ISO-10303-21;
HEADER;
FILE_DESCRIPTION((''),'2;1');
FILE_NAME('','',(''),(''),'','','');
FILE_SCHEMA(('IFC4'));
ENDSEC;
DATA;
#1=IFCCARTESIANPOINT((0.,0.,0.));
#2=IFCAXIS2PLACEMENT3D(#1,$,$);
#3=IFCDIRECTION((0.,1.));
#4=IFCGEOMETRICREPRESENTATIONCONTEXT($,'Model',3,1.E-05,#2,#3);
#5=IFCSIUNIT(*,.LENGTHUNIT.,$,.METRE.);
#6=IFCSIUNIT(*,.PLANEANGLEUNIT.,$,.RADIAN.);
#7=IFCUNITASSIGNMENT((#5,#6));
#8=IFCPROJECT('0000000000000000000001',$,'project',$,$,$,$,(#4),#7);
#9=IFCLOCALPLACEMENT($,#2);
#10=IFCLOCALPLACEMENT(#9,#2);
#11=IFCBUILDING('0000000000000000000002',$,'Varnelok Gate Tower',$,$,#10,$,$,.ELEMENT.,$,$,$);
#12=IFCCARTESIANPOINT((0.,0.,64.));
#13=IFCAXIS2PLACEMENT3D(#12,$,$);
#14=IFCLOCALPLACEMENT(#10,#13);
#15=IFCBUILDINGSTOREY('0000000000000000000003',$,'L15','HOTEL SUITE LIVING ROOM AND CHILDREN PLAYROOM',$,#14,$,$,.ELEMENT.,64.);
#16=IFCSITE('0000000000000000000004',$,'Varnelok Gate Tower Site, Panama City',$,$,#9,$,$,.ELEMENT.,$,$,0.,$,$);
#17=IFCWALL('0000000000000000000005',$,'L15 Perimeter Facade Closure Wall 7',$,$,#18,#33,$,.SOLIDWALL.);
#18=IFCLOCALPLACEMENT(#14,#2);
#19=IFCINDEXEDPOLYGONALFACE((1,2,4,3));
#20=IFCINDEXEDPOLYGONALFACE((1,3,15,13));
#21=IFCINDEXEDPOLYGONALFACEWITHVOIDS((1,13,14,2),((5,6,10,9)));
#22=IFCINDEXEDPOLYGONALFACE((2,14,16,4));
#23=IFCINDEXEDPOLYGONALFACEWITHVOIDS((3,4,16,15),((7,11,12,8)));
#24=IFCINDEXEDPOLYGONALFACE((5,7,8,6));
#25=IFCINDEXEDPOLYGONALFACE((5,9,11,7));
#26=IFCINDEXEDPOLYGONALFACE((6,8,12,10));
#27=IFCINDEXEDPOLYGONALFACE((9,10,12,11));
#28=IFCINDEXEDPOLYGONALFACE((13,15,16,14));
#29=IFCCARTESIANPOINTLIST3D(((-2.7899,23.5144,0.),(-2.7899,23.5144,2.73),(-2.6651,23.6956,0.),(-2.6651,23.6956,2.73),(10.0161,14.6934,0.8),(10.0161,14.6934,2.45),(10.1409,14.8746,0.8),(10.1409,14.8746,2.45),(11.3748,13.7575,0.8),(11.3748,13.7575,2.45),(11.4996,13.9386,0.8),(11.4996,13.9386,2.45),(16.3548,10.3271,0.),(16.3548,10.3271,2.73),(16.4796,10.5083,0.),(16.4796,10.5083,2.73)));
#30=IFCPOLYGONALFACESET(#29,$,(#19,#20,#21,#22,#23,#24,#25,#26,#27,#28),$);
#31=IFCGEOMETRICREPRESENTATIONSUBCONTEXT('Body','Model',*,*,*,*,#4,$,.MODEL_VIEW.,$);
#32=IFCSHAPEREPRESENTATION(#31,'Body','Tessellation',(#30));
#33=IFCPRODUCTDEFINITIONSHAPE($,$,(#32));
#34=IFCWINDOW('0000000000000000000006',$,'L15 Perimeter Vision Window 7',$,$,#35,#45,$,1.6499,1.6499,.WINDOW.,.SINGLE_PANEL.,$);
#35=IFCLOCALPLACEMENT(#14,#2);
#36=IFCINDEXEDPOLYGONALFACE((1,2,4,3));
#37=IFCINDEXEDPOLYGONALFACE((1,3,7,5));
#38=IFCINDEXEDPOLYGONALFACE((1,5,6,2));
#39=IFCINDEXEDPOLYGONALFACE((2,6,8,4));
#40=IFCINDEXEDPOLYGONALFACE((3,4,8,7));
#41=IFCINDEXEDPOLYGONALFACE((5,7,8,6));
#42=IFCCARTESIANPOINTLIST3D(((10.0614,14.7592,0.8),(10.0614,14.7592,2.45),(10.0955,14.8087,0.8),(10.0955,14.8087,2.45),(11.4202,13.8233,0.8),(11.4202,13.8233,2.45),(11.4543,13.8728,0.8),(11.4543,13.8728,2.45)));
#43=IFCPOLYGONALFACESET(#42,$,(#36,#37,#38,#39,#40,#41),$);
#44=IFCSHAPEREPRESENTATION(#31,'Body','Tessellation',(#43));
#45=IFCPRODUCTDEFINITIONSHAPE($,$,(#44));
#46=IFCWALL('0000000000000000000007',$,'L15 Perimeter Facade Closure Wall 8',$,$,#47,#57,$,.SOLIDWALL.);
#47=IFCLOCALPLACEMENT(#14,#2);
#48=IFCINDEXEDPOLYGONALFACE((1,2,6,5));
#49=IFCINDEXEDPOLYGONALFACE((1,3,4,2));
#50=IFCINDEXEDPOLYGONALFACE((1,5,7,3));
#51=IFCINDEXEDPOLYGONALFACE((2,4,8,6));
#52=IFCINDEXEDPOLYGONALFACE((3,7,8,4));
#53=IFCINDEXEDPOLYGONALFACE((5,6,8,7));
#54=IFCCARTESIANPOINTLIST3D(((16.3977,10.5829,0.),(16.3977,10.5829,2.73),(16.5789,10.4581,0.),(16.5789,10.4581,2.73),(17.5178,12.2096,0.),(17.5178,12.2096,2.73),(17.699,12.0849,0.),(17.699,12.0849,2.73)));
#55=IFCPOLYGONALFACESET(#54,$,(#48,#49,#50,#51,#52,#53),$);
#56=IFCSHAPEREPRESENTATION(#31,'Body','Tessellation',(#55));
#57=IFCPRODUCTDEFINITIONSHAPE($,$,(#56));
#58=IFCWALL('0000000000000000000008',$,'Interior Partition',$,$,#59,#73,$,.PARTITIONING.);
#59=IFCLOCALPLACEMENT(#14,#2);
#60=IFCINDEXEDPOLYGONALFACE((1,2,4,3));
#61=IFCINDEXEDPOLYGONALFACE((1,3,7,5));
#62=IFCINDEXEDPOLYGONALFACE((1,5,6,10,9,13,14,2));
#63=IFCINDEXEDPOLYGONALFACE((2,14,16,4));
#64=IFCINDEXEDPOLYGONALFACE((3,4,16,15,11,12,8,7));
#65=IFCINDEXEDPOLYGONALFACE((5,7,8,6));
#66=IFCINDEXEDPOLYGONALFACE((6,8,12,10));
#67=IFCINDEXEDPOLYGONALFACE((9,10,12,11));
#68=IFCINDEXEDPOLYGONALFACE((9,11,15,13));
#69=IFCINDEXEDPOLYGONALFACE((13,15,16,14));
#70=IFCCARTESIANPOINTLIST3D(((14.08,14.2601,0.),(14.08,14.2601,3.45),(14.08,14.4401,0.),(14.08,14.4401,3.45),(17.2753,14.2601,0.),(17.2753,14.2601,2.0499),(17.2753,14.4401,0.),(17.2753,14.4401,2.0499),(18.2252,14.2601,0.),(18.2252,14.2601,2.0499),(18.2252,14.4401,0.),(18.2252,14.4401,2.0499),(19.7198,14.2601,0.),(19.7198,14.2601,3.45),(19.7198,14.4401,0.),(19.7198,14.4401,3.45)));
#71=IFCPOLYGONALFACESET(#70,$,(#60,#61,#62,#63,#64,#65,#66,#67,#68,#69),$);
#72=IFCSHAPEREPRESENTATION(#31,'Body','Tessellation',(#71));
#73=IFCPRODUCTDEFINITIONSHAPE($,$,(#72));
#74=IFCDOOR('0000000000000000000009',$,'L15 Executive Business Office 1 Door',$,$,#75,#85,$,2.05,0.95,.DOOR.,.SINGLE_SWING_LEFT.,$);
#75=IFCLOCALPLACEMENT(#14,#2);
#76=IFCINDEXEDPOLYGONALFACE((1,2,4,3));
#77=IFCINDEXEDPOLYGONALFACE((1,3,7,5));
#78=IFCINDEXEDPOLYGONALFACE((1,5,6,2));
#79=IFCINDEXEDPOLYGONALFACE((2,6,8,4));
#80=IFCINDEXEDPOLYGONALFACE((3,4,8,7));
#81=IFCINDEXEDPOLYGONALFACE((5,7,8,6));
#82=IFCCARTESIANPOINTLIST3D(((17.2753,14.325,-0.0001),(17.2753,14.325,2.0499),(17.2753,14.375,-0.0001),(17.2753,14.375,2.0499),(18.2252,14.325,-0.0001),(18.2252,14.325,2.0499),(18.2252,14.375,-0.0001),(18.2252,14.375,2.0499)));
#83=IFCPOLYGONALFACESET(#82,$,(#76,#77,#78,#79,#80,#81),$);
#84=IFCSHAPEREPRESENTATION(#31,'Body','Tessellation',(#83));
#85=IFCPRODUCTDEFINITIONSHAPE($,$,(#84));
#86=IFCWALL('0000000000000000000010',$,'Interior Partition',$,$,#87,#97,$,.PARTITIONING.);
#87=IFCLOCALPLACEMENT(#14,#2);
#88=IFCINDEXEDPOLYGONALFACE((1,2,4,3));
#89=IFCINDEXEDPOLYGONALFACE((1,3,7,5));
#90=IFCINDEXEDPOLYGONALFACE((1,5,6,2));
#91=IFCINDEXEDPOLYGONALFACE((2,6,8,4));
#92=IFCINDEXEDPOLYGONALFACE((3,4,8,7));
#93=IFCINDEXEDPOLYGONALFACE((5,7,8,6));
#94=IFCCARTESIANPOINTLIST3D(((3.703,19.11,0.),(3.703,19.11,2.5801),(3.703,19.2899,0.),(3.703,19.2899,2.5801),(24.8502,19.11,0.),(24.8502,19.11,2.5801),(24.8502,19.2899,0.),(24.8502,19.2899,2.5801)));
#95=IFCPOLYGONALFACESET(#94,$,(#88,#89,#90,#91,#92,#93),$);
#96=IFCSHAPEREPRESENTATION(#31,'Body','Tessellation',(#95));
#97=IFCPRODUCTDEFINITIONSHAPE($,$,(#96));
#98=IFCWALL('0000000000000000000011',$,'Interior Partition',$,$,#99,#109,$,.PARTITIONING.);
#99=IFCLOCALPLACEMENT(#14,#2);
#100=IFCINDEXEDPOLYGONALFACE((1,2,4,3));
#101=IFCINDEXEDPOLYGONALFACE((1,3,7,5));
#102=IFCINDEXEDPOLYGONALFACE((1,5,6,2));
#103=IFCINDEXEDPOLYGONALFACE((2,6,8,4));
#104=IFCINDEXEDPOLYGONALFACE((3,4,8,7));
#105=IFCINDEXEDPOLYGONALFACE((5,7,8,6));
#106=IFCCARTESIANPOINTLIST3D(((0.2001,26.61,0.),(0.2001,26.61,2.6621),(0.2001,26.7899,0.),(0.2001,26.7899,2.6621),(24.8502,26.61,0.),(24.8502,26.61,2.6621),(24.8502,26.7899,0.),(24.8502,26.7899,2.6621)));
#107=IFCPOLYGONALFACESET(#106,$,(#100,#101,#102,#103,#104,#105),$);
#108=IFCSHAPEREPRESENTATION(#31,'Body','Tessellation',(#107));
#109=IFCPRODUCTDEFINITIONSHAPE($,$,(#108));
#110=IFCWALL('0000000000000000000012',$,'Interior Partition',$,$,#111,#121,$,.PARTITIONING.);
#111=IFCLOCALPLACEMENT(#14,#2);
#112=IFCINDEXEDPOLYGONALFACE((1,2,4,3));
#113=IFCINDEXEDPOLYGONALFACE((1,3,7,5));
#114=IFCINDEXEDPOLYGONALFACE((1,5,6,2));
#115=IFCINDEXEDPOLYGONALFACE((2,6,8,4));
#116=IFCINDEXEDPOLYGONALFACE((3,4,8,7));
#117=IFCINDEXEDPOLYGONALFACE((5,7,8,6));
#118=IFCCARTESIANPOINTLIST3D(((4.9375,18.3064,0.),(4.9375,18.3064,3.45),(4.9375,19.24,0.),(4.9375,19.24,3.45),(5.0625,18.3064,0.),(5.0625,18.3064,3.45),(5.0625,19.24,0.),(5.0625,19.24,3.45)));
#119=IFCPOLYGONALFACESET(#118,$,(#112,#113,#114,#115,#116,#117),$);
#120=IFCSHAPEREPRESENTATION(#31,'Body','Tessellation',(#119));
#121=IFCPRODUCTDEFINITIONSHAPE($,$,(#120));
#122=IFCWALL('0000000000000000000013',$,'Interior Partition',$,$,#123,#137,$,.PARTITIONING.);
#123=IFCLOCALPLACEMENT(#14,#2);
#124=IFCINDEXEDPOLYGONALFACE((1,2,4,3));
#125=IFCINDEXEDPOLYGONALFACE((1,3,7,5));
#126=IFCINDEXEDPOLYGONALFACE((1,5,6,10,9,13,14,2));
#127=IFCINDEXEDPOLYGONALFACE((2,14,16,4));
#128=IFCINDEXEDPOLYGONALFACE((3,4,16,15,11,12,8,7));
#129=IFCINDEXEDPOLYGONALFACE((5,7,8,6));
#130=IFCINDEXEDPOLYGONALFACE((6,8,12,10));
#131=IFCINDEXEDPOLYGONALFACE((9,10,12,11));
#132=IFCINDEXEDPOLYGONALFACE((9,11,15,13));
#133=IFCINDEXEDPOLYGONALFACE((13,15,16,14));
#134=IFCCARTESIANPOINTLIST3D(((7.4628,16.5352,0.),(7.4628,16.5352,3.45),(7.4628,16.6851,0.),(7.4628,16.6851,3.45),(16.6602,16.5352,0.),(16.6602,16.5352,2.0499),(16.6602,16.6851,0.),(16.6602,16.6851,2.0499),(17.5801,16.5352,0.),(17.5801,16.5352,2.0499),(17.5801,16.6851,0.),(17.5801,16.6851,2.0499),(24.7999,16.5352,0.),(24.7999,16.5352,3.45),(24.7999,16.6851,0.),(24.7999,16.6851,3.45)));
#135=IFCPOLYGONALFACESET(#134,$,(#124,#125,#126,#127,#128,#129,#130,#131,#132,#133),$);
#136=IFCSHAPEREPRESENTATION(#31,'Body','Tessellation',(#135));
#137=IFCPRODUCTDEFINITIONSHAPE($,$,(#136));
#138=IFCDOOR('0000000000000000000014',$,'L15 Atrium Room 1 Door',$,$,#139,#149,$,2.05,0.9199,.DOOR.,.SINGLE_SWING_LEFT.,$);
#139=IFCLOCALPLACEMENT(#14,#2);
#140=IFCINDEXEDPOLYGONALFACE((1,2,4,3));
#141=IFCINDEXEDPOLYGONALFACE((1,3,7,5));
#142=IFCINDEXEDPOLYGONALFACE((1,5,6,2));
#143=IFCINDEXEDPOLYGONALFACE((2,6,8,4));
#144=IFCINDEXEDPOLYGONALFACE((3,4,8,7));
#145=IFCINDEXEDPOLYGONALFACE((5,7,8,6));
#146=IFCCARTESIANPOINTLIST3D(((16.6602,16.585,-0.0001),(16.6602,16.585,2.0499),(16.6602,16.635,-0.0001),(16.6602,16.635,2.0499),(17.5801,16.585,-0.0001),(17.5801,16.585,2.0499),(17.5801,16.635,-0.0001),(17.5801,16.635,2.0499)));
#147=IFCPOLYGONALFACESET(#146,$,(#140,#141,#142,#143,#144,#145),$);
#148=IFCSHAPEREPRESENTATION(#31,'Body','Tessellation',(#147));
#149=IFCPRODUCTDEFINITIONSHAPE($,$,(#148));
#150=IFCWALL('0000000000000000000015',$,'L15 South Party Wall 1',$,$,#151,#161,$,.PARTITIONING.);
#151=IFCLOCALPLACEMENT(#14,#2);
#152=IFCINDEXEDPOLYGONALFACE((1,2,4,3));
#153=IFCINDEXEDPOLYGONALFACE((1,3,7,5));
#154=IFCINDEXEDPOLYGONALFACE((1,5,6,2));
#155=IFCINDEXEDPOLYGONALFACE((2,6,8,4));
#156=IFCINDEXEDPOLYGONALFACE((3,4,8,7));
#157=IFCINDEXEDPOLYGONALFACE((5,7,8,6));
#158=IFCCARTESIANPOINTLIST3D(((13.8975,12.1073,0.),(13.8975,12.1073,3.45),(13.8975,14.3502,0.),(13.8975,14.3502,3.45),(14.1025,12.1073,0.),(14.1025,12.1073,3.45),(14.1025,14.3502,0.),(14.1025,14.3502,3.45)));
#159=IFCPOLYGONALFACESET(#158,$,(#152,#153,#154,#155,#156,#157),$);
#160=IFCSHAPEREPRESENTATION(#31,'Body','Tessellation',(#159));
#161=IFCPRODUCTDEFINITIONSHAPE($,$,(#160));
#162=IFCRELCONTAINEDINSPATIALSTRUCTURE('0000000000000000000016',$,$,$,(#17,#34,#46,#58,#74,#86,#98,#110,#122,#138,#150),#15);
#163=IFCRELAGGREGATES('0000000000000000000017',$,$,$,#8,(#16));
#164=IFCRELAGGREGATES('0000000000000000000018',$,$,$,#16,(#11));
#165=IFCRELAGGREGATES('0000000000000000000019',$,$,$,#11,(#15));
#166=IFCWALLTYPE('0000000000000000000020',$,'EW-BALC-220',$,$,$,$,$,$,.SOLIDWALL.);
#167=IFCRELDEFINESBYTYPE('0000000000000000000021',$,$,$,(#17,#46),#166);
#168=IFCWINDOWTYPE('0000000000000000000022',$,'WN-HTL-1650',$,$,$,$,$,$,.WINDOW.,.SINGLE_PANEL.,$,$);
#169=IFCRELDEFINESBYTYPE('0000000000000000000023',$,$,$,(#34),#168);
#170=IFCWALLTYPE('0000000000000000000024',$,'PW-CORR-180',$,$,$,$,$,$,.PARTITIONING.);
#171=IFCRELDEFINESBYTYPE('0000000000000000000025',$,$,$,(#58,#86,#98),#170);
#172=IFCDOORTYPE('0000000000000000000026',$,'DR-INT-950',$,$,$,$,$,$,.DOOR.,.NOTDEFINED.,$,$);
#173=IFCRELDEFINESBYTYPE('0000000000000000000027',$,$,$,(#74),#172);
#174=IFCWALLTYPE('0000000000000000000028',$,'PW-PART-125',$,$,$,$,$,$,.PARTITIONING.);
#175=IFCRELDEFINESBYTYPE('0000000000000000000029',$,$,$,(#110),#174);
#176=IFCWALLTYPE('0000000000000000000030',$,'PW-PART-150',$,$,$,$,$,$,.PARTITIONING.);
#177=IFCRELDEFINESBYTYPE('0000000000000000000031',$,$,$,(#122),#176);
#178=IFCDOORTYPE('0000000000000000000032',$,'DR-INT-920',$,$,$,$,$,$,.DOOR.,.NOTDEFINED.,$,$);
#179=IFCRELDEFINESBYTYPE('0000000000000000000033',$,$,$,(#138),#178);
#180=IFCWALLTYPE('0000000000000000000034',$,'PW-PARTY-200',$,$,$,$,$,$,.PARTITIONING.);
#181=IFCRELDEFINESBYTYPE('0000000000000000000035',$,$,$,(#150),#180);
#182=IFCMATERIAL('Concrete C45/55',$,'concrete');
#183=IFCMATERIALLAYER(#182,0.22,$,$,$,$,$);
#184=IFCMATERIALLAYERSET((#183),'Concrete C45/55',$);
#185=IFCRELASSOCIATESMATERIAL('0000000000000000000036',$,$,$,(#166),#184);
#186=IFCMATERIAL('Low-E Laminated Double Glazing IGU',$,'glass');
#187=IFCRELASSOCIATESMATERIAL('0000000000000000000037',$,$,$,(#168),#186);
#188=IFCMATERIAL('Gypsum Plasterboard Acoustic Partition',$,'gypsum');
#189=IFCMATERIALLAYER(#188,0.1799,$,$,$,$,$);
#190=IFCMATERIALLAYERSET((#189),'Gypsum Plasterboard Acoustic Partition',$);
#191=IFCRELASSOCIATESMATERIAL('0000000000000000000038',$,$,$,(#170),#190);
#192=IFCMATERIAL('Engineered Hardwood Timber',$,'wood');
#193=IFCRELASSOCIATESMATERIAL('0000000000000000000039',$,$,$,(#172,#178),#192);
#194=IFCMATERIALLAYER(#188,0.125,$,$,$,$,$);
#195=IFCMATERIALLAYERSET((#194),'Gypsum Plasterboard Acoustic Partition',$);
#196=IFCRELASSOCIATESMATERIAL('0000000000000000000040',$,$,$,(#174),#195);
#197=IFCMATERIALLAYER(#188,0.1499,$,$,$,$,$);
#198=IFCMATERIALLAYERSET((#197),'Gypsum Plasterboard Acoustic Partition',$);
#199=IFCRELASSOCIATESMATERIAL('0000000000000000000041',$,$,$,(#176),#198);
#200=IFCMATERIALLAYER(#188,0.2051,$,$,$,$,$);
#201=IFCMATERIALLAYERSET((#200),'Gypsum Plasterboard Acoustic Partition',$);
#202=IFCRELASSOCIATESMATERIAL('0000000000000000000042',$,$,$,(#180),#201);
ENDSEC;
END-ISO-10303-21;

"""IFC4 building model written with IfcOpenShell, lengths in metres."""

from ifc_helpers import new_model, si_unit, direction, frame, frame_2d, origin, place, context, subcontext, project, spatial, rectangle, extrude, material, layer, layer_set, type_object, element, fill, save


model = new_model("IFC4")

# Units and contexts
model_context = context("Model", 3, precision=1e-05, world=origin(), true_north=direction((0.0, 1.0)))
body_context = subcontext(model_context, "Body", "Model", "MODEL_VIEW")
ifc_project = project(units=[si_unit("LENGTHUNIT", "METRE"), si_unit("PLANEANGLEUNIT", "RADIAN")], contexts=[model_context])

# Site, building, storey
site_placement = place(None, origin())
site = spatial("IfcSite", under=ifc_project, at=site_placement, Name="Varnelok Gate Tower Site, Panama City", CompositionType="ELEMENT", RefElevation=0.0)
building_placement = place(site_placement, origin())
building = spatial("IfcBuilding", under=site, at=building_placement, Name="Varnelok Gate Tower", CompositionType="ELEMENT")
storey_placement = place(building_placement, frame((0.0, 0.0, 64.0)))
storey = spatial("IfcBuildingStorey", under=building, at=storey_placement, Name="L15", Description="HOTEL SUITE LIVING ROOM AND CHILDREN PLAYROOM", CompositionType="ELEMENT", Elevation=64.0)

# Shared definitions
ifc_material_1 = material(Name="Concrete C45/55", Category="concrete")

# Shared definitions
ifc_layer_1 = layer(ifc_material_1, 0.22)
ifc_layer_set_1 = layer_set([ifc_layer_1], Name="Concrete C45/55")
wall_type_1 = type_object("IfcWallType", Name="EW-BALC-220", PredefinedType="SOLIDWALL", material=ifc_layer_set_1)

# Wall, opening, window
wall_1_placement = place(storey_placement, frame((-2.7275, 23.605, 0.0), z_axis=(0.0, 0.0, 1.0), x_axis=(0.823535, -0.567265, 0.0)))
wall_1 = element("IfcWall", 1, at=wall_1_placement, inside=storey, type_object=wall_type_1, Name="L15 Perimeter Facade Closure Wall 7", PredefinedType="SOLIDWALL", context=body_context, shape_type="SweptSolid", body=[
    extrude(rectangle(XDim=23.2471, YDim=0.22, at=frame_2d((11.6235, 0.0))), origin(), (0.0, 0.0, 1.0), 2.73),
])
opening_1_placement = place(wall_1_placement, frame((15.55, 0.0, 0.8)))
opening_1 = element("IfcOpeningElement", 2, at=opening_1_placement, cuts=wall_1, PredefinedType="OPENING", context=body_context, shape_type="SweptSolid", body=[
    extrude(rectangle(XDim=1.6499, YDim=1.6499, at=frame_2d((0.825, 0.825))), frame((0.0, 0.1199, 0.0), z_axis=(0.0, -1.0, 0.0), x_axis=(1.0, 0.0, 0.0)), (0.0, 0.0, 1.0), 0.24),
])
ifc_material_2 = material(Name="Low-E Laminated Double Glazing IGU", Category="glass")
window_type = type_object("IfcWindowType", Name="WN-HTL-1650", PartitioningType="SINGLE_PANEL", PredefinedType="WINDOW", material=ifc_material_2)
window_placement = place(opening_1_placement, origin())
window = element("IfcWindow", 3, at=window_placement, inside=storey, type_object=window_type, Name="L15 Perimeter Vision Window 7", OverallHeight=1.6499, OverallWidth=1.6499, PartitioningType="SINGLE_PANEL", PredefinedType="WINDOW", context=body_context, shape_type="SweptSolid", body=[
    extrude(rectangle(XDim=1.6499, YDim=1.6499, at=frame_2d((0.825, 0.825))), frame((0.0, 0.03, 0.0), z_axis=(0.0, -1.0, 0.0), x_axis=(1.0, 0.0, 0.0)), (0.0, 0.0, 1.0), 0.0601),
])
fill(opening_1, window)

# Wall
wall_2_placement = place(storey_placement, frame((16.4883, 10.5205, 0.0), z_axis=(0.0, 0.0, 1.0), x_axis=(0.567132, 0.823627, 0.0)))
element("IfcWall", 4, at=wall_2_placement, inside=storey, type_object=wall_type_1, Name="L15 Perimeter Facade Closure Wall 8", PredefinedType="SOLIDWALL", context=body_context, shape_type="SweptSolid", body=[
    extrude(rectangle(XDim=1.9751, YDim=0.22, at=frame_2d((0.9875, 0.0))), origin(), (0.0, 0.0, 1.0), 2.73),
])

# Wall, opening, door
ifc_material_3 = material(Name="Gypsum Plasterboard Acoustic Partition", Category="gypsum")
ifc_layer_2 = layer(ifc_material_3, 0.1799)
ifc_layer_set_2 = layer_set([ifc_layer_2], Name="Gypsum Plasterboard Acoustic Partition")
wall_type_2 = type_object("IfcWallType", Name="PW-CORR-180", PredefinedType="PARTITIONING", material=ifc_layer_set_2)
wall_3_placement = place(storey_placement, frame((14.0801, 14.3501, 0.0), z_axis=(0.0, 0.0, 1.0), x_axis=(1.0, 0.0, 0.0)))
wall_3 = element("IfcWall", 5, at=wall_3_placement, inside=storey, type_object=wall_type_2, Name="Interior Partition", PredefinedType="PARTITIONING", context=body_context, shape_type="SweptSolid", body=[
    extrude(rectangle(XDim=5.6399, YDim=0.1799, at=frame_2d((2.8198, 0.0))), origin(), (0.0, 0.0, 1.0), 3.45),
])
opening_2_placement = place(wall_3_placement, frame((3.1951, 0.0, 0.0)))
opening_2 = element("IfcOpeningElement", 6, at=opening_2_placement, cuts=wall_3, PredefinedType="OPENING", context=body_context, shape_type="SweptSolid", body=[
    extrude(rectangle(XDim=0.95, YDim=2.05, at=frame_2d((0.4751, 1.0249))), frame((0.0, 0.0999, 0.0), z_axis=(0.0, -1.0, 0.0), x_axis=(1.0, 0.0, 0.0)), (0.0, 0.0, 1.0), 0.2),
])
ifc_material_4 = material(Name="Engineered Hardwood Timber", Category="wood")
door_type_1 = type_object("IfcDoorType", Name="DR-INT-950", OperationType="NOTDEFINED", PredefinedType="DOOR", material=ifc_material_4)
door_1_placement = place(opening_2_placement, origin())
door_1 = element("IfcDoor", 7, at=door_1_placement, inside=storey, type_object=door_type_1, Name="L15 Executive Business Office 1 Door", OperationType="SINGLE_SWING_LEFT", OverallHeight=2.05, OverallWidth=0.95, PredefinedType="DOOR", context=body_context, shape_type="SweptSolid", body=[
    extrude(rectangle(XDim=0.95, YDim=2.05, at=frame_2d((0.4751, 1.0249))), frame((0.0, 0.0249, 0.0), z_axis=(0.0, -1.0, 0.0), x_axis=(1.0, 0.0, 0.0)), (0.0, 0.0, 1.0), 0.05),
])
fill(opening_2, door_1)

# Walls
wall_4_placement = place(storey_placement, frame((3.7029, 19.2, 0.0), z_axis=(0.0, 0.0, 1.0), x_axis=(1.0, 0.0, 0.0)))
element("IfcWall", 8, at=wall_4_placement, inside=storey, type_object=wall_type_2, Name="Interior Partition", PredefinedType="PARTITIONING", context=body_context, shape_type="SweptSolid", body=[
    extrude(rectangle(XDim=21.1472, YDim=0.1799, at=frame_2d((10.5737, 0.0))), origin(), (0.0, 0.0, 1.0), 2.5801),
])
wall_5_placement = place(storey_placement, frame((0.2, 26.7, 0.0), z_axis=(0.0, 0.0, 1.0), x_axis=(1.0, 0.0, 0.0)))
element("IfcWall", 9, at=wall_5_placement, inside=storey, type_object=wall_type_2, Name="Interior Partition", PredefinedType="PARTITIONING", context=body_context, shape_type="SweptSolid", body=[
    extrude(rectangle(XDim=24.6501, YDim=0.1799, at=frame_2d((12.3252, 0.0))), origin(), (0.0, 0.0, 1.0), 2.6621),
])
ifc_layer_3 = layer(ifc_material_3, 0.125)
ifc_layer_set_3 = layer_set([ifc_layer_3], Name="Gypsum Plasterboard Acoustic Partition")
wall_type_3 = type_object("IfcWallType", Name="PW-PART-125", PredefinedType="PARTITIONING", material=ifc_layer_set_3)
wall_6_placement = place(storey_placement, frame((5.0, 18.3064, 0.0), z_axis=(0.0, 0.0, 1.0), x_axis=(0.0, 1.0, 0.0)))
element("IfcWall", 10, at=wall_6_placement, inside=storey, type_object=wall_type_3, Name="Interior Partition", PredefinedType="PARTITIONING", context=body_context, shape_type="SweptSolid", body=[
    extrude(rectangle(XDim=0.9336, YDim=0.125, at=frame_2d((0.4668, 0.0))), origin(), (0.0, 0.0, 1.0), 3.45),
])

# Wall, opening, door
ifc_layer_4 = layer(ifc_material_3, 0.1499)
ifc_layer_set_4 = layer_set([ifc_layer_4], Name="Gypsum Plasterboard Acoustic Partition")
wall_type_4 = type_object("IfcWallType", Name="PW-PART-150", PredefinedType="PARTITIONING", material=ifc_layer_set_4)
wall_7_placement = place(storey_placement, frame((7.4629, 16.6101, 0.0), z_axis=(0.0, 0.0, 1.0), x_axis=(1.0, 0.0, 0.0)))
wall_7 = element("IfcWall", 11, at=wall_7_placement, inside=storey, type_object=wall_type_4, Name="Interior Partition", PredefinedType="PARTITIONING", context=body_context, shape_type="SweptSolid", body=[
    extrude(rectangle(XDim=17.3372, YDim=0.1499, at=frame_2d((8.6685, 0.0))), origin(), (0.0, 0.0, 1.0), 3.45),
])
opening_3_placement = place(wall_7_placement, frame((9.1973, 0.0, 0.0)))
opening_3 = element("IfcOpeningElement", 12, at=opening_3_placement, cuts=wall_7, PredefinedType="OPENING", context=body_context, shape_type="SweptSolid", body=[
    extrude(rectangle(XDim=0.9199, YDim=2.05, at=frame_2d((0.46, 1.0249))), frame((0.0, 0.085, 0.0), z_axis=(0.0, -1.0, 0.0), x_axis=(1.0, 0.0, 0.0)), (0.0, 0.0, 1.0), 0.1699),
])
door_type_2 = type_object("IfcDoorType", Name="DR-INT-920", OperationType="NOTDEFINED", PredefinedType="DOOR", material=ifc_material_4)
door_2_placement = place(opening_3_placement, origin())
door_2 = element("IfcDoor", 13, at=door_2_placement, inside=storey, type_object=door_type_2, Name="L15 Atrium Room 1 Door", OperationType="SINGLE_SWING_LEFT", OverallHeight=2.05, OverallWidth=0.9199, PredefinedType="DOOR", context=body_context, shape_type="SweptSolid", body=[
    extrude(rectangle(XDim=0.9199, YDim=2.05, at=frame_2d((0.46, 1.0249))), frame((0.0, 0.0249, 0.0), z_axis=(0.0, -1.0, 0.0), x_axis=(1.0, 0.0, 0.0)), (0.0, 0.0, 1.0), 0.05),
])
fill(opening_3, door_2)

# Wall
ifc_layer_5 = layer(ifc_material_3, 0.2051)
ifc_layer_set_5 = layer_set([ifc_layer_5], Name="Gypsum Plasterboard Acoustic Partition")
wall_type_5 = type_object("IfcWallType", Name="PW-PARTY-200", PredefinedType="PARTITIONING", material=ifc_layer_set_5)
wall_8_placement = place(storey_placement, frame((14.0, 12.1072, 0.0), z_axis=(0.0, 0.0, 1.0), x_axis=(0.0, 1.0, 0.0)))
element("IfcWall", 14, at=wall_8_placement, inside=storey, type_object=wall_type_5, Name="L15 South Party Wall 1", PredefinedType="PARTITIONING", context=body_context, shape_type="SweptSolid", body=[
    extrude(rectangle(XDim=2.2429, YDim=0.2051, at=frame_2d((1.1216, 0.0))), origin(), (0.0, 0.0, 1.0), 3.45),
])

save(model, "model.ifc")
